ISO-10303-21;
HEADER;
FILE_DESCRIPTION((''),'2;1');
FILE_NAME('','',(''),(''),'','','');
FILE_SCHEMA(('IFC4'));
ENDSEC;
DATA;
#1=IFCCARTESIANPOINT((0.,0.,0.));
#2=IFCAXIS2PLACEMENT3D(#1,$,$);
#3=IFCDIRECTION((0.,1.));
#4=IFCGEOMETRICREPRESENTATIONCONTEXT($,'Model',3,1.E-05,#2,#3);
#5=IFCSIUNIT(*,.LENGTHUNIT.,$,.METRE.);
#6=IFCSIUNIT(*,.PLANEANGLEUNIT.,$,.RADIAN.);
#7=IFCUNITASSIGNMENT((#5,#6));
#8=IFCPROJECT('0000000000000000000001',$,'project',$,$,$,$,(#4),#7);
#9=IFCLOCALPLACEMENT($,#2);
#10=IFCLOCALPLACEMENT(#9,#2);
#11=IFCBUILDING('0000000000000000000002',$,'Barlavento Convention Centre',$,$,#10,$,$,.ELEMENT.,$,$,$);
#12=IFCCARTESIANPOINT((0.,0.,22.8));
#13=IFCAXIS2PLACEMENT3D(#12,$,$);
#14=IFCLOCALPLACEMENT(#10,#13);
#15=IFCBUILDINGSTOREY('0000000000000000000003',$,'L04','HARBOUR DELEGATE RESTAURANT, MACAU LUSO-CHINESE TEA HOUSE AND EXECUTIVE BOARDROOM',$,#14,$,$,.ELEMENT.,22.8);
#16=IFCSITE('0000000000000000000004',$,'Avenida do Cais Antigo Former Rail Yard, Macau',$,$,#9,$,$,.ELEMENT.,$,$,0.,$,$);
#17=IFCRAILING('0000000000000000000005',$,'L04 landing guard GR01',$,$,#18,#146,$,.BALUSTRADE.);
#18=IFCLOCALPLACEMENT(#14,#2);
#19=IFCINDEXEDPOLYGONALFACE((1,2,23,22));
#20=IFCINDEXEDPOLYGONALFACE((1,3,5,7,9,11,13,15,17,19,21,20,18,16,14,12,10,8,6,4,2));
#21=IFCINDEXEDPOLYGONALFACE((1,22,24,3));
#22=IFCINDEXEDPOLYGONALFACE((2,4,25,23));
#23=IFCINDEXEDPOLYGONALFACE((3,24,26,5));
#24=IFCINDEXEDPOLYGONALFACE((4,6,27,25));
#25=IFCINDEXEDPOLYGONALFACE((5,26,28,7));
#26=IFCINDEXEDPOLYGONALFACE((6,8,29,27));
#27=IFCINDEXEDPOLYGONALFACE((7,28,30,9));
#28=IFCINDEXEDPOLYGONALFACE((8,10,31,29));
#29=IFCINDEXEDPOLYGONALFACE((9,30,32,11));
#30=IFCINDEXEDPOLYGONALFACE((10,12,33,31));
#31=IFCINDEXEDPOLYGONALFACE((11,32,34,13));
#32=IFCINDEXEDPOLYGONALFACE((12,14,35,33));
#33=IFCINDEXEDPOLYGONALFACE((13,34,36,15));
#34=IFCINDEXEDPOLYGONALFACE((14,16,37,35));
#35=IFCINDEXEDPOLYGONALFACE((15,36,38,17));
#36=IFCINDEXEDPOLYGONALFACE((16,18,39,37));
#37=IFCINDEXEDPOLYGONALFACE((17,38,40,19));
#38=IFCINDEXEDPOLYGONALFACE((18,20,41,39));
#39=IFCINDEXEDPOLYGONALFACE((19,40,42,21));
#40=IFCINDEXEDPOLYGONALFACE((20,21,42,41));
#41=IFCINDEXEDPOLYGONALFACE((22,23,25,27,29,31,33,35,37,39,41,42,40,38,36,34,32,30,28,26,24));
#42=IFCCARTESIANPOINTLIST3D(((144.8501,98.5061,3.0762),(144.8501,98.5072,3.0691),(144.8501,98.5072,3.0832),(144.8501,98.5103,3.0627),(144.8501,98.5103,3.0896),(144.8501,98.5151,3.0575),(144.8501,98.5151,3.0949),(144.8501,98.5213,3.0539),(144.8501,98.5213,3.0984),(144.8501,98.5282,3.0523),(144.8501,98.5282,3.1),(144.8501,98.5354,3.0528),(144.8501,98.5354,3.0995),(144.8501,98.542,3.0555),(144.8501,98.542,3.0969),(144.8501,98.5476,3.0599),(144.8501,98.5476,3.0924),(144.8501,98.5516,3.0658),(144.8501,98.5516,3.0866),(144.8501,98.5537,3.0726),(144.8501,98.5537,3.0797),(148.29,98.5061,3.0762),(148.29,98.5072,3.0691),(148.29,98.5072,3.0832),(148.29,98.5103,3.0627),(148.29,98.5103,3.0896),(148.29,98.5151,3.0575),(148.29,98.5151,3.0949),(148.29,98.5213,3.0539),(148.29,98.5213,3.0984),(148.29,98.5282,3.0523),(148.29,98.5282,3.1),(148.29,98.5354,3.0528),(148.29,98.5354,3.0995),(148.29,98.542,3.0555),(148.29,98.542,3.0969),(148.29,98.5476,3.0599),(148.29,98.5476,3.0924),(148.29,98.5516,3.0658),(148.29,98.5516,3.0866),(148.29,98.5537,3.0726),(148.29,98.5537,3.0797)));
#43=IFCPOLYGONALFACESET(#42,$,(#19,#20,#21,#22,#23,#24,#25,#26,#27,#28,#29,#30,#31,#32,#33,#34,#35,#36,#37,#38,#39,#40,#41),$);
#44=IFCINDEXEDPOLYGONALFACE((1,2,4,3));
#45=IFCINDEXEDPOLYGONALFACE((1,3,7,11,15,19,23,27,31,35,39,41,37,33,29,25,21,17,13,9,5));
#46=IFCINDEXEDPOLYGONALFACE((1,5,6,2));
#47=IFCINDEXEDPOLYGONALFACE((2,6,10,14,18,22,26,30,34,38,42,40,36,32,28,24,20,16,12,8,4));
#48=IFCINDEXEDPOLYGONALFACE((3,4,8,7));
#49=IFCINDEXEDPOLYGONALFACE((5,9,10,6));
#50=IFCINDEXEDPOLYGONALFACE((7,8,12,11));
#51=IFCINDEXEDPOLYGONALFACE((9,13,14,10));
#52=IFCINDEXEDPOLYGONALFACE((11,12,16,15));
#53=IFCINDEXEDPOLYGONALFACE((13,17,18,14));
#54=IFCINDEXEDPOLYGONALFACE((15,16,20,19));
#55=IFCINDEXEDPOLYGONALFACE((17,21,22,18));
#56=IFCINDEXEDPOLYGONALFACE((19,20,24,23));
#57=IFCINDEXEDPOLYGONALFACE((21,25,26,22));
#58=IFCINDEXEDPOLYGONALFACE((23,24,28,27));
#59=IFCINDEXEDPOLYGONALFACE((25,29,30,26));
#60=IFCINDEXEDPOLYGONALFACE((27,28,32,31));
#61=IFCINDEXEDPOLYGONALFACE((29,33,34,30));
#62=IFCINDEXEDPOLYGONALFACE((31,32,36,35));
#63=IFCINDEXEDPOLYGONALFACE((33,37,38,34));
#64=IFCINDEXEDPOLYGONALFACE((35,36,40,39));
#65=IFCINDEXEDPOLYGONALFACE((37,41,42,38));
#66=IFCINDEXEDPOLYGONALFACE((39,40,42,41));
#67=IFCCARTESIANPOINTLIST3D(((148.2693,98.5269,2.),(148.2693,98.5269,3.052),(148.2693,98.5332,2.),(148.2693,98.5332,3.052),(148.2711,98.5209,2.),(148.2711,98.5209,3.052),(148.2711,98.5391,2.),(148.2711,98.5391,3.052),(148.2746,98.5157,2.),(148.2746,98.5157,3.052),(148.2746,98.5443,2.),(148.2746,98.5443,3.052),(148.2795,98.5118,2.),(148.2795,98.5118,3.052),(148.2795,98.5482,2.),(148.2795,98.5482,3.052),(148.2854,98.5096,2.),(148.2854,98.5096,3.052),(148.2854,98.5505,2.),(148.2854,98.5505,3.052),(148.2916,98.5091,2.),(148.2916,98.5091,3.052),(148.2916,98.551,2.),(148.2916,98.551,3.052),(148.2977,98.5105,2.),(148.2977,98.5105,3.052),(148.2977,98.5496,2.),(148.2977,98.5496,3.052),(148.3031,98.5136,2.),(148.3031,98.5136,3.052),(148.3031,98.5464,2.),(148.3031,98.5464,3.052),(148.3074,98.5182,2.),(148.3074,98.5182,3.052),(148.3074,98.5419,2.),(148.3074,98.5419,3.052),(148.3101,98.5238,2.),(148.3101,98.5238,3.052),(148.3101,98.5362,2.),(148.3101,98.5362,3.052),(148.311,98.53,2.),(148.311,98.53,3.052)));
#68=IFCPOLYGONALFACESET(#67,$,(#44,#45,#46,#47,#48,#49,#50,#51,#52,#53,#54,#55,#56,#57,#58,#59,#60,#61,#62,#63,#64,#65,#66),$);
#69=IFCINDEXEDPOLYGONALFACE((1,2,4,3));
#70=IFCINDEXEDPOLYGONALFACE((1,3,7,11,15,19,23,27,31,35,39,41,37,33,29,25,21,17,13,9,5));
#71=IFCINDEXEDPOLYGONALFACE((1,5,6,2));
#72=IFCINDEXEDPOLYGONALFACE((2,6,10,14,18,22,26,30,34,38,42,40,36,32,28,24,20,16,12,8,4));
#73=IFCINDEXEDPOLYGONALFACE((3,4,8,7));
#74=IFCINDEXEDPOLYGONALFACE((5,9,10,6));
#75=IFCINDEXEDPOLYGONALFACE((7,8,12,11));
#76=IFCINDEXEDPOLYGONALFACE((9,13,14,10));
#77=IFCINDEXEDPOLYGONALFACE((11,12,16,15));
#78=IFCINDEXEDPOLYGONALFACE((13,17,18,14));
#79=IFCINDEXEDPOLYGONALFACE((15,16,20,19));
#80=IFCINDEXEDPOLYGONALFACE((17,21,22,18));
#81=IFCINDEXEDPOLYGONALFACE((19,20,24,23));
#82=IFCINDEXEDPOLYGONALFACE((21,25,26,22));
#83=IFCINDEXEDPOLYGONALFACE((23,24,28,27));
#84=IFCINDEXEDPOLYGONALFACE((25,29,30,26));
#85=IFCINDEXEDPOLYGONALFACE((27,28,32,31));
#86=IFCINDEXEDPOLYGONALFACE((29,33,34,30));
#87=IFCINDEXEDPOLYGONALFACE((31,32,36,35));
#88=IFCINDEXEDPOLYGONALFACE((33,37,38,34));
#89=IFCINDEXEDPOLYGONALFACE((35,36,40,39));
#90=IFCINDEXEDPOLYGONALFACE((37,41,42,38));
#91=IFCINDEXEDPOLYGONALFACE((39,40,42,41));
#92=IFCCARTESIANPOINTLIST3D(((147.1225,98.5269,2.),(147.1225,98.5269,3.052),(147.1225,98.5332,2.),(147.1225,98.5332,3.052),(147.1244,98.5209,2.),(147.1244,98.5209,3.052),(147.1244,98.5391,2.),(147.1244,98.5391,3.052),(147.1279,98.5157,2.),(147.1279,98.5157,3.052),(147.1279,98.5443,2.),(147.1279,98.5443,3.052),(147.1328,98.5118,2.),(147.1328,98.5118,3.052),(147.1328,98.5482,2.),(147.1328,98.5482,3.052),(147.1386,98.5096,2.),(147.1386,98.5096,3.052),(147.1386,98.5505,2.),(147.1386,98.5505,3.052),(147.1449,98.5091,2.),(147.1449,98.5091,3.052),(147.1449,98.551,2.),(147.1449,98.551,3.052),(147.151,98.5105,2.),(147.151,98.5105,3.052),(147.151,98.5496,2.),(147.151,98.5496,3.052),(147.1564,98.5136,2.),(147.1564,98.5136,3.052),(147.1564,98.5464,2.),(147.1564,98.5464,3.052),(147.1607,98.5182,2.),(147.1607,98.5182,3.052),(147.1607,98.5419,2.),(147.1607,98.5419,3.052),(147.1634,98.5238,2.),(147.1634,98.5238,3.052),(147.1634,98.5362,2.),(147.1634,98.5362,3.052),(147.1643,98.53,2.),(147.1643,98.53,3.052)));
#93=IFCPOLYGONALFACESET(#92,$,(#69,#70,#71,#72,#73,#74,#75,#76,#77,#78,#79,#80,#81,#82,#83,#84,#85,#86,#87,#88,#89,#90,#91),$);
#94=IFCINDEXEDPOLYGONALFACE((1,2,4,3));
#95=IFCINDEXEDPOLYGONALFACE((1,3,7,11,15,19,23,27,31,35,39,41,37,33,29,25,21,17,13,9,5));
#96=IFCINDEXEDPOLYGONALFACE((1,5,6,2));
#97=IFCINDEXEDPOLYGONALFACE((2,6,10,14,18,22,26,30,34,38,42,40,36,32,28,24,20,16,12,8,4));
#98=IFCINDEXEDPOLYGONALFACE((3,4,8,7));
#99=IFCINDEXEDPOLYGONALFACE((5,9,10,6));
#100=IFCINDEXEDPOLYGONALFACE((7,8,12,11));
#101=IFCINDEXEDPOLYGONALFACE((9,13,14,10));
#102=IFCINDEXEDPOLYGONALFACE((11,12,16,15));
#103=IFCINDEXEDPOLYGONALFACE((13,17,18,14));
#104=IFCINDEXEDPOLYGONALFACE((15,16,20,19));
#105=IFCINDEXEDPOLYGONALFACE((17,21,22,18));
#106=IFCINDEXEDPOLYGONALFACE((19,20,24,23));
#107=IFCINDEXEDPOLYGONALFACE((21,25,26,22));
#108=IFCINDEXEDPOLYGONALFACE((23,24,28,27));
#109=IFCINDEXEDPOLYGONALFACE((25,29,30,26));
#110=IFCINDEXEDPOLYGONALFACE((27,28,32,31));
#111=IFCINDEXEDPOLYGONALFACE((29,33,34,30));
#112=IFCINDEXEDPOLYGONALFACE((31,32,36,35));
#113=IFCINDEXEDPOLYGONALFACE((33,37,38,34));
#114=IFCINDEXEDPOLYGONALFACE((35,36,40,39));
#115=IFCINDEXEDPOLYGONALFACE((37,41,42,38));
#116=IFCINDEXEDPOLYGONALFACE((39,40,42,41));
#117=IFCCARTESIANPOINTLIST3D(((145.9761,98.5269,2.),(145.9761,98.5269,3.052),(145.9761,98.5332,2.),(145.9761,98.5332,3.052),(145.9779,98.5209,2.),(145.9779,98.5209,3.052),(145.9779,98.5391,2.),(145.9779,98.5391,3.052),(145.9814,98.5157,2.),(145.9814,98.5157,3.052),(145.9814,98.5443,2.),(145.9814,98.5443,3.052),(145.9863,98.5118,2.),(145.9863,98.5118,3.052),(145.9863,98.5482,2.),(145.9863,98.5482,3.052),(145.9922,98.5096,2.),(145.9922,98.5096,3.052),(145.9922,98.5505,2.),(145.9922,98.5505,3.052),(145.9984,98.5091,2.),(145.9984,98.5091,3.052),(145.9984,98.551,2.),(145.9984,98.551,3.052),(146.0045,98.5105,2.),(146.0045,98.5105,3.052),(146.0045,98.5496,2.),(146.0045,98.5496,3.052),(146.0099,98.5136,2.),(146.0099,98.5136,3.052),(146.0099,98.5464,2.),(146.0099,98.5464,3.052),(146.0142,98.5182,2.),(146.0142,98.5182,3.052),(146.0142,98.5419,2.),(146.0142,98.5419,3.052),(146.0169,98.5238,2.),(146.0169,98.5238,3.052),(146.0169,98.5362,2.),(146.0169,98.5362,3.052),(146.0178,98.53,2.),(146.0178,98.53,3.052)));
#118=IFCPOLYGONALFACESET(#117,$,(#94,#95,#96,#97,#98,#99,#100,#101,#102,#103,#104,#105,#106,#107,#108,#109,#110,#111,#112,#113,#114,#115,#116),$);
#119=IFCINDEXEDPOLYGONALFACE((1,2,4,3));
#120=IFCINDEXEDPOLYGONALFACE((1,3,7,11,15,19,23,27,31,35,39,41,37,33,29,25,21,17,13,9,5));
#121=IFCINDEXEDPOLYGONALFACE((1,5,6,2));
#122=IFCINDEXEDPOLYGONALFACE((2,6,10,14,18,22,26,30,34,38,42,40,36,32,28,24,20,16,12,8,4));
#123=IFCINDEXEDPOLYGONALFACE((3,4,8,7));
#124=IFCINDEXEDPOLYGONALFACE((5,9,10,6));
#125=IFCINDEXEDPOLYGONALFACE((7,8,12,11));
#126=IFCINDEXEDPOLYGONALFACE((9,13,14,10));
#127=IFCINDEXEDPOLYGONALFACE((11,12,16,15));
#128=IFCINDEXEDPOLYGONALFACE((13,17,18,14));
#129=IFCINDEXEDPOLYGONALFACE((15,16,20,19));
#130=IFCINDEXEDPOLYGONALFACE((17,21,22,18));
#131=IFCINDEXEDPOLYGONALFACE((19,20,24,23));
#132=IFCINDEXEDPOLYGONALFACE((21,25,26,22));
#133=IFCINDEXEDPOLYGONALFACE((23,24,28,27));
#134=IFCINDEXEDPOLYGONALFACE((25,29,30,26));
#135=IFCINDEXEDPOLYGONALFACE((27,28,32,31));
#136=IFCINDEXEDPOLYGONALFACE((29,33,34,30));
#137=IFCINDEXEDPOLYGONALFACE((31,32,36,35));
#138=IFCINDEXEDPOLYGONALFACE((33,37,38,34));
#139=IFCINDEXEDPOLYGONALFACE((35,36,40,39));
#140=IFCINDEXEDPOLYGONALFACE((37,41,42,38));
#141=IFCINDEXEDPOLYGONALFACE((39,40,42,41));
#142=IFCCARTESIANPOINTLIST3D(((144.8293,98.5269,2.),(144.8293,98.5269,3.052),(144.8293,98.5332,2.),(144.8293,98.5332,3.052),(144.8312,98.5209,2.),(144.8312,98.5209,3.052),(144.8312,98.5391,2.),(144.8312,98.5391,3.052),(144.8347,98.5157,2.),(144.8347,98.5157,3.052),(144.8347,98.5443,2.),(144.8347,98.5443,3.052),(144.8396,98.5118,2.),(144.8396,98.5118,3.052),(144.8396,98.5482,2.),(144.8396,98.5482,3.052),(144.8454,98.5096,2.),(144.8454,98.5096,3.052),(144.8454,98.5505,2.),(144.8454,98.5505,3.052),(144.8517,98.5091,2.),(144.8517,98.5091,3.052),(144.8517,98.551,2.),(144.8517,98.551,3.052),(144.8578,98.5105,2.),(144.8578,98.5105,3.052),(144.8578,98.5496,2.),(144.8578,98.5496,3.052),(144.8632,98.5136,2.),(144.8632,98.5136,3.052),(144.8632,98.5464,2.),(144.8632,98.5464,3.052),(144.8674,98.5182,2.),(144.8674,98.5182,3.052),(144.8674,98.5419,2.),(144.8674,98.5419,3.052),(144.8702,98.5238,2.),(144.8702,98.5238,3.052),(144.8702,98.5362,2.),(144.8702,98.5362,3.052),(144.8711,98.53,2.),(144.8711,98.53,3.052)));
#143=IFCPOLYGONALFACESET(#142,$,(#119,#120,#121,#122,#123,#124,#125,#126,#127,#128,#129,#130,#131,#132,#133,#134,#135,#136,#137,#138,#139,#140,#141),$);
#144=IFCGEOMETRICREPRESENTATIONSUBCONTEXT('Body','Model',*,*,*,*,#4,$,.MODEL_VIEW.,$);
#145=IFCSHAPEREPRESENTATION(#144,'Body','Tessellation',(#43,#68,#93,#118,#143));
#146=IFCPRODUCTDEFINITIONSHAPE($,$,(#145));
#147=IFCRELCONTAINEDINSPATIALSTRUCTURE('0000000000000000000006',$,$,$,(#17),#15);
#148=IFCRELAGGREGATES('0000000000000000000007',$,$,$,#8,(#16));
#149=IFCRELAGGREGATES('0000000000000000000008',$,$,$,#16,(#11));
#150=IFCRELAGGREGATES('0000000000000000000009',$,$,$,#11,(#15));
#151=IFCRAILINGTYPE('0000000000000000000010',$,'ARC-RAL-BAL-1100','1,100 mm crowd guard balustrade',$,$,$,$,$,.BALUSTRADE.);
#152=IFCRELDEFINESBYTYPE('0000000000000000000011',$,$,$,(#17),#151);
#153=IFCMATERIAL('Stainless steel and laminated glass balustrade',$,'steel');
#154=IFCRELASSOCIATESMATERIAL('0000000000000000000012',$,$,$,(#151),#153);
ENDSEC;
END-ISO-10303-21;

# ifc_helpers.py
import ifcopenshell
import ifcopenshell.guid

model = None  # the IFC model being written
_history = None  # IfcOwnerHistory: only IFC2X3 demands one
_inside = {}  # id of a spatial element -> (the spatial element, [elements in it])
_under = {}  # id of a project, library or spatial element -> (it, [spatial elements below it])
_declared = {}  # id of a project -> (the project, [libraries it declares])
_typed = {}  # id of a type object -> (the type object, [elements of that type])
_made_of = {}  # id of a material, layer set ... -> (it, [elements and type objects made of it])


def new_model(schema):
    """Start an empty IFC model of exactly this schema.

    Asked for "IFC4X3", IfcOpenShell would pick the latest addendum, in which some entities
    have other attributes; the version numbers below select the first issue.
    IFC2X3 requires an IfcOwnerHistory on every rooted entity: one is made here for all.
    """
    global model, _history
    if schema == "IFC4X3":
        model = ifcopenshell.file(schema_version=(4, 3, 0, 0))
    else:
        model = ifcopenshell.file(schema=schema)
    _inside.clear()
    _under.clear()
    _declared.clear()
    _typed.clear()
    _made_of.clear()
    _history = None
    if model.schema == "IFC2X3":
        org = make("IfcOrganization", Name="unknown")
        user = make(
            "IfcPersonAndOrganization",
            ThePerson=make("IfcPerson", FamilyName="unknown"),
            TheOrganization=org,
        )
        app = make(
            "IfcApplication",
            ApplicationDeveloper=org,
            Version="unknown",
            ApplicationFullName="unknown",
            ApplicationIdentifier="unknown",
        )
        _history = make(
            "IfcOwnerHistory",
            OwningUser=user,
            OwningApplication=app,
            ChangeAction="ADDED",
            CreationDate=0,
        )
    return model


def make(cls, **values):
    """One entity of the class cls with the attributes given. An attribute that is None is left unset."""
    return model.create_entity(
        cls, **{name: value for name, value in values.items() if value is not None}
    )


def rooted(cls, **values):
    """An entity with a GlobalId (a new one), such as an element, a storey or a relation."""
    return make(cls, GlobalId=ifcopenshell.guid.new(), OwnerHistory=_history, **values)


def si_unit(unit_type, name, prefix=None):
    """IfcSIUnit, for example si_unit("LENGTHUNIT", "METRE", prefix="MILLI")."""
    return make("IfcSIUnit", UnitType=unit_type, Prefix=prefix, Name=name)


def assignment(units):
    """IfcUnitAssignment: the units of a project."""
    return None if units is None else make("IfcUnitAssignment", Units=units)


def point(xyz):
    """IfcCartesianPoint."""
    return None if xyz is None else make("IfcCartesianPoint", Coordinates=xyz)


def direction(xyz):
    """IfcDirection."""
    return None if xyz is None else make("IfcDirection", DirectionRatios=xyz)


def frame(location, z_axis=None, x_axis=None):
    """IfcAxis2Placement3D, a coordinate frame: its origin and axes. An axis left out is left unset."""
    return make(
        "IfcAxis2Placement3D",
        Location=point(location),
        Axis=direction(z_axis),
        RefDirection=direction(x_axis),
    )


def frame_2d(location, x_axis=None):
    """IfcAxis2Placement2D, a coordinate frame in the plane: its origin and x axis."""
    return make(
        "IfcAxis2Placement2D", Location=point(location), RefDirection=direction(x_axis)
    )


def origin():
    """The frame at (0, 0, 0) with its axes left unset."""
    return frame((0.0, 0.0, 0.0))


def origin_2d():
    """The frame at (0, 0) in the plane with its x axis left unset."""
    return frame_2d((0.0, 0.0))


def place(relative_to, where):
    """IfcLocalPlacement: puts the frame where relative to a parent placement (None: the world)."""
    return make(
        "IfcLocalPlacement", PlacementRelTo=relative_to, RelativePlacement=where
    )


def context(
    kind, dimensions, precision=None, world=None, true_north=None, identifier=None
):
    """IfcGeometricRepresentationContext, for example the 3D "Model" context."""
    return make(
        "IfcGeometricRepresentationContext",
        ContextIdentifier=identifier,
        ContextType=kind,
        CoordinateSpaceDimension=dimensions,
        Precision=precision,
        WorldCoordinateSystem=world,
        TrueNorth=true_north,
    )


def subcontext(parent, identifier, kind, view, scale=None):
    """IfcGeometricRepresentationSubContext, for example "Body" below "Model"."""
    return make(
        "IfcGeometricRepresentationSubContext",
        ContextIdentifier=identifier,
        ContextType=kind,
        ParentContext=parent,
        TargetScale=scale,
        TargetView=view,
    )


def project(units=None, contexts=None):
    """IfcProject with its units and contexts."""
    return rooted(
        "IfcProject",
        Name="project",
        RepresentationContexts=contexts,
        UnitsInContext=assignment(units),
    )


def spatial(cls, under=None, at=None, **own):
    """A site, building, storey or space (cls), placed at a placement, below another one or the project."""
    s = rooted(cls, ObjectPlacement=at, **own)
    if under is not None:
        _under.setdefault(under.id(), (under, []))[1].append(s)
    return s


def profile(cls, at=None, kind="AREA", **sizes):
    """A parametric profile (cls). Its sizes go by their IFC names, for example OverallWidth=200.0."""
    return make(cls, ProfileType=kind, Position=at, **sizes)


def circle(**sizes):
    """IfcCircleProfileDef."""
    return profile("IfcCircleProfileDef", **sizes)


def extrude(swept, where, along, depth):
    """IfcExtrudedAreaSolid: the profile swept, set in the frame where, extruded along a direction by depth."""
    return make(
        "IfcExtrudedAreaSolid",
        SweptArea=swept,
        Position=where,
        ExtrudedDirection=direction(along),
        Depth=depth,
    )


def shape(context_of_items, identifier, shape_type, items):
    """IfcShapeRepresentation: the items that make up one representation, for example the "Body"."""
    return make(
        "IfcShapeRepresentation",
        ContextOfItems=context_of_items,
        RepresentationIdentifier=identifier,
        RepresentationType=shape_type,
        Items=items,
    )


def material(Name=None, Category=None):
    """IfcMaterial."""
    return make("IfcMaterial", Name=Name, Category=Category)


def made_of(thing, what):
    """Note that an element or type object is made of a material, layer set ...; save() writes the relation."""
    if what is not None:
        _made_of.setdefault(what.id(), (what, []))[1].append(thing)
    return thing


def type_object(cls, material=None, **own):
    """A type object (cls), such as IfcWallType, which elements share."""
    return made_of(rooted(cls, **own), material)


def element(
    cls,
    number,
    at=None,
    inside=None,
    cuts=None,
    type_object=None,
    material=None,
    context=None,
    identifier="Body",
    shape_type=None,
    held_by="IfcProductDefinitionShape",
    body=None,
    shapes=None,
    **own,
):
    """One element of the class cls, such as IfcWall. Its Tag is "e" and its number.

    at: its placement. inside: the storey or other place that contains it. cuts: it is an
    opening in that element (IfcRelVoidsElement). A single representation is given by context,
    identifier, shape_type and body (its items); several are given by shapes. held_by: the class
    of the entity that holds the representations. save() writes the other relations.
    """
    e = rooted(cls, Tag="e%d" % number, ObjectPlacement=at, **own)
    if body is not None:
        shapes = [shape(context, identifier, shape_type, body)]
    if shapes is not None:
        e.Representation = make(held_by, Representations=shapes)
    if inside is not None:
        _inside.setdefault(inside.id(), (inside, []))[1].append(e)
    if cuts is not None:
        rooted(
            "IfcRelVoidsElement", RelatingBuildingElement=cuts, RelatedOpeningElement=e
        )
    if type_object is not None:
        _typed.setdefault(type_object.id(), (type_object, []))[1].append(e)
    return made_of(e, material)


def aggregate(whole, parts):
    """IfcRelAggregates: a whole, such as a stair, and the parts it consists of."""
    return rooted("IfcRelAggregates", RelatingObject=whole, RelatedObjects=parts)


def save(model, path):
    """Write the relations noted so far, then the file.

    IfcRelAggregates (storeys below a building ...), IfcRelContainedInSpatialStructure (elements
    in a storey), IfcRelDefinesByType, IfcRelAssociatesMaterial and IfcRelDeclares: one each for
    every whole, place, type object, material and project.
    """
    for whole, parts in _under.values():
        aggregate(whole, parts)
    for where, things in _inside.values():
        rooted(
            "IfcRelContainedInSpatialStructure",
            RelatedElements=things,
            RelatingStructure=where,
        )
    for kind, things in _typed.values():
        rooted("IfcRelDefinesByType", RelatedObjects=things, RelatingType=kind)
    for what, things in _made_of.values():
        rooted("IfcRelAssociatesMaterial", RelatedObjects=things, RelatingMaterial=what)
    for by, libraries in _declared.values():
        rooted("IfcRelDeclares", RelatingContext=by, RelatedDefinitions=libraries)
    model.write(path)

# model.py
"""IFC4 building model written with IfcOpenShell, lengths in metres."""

from ifc_helpers import new_model, si_unit, direction, frame, origin, origin_2d, place, context, subcontext, project, spatial, circle, extrude, material, type_object, element, save


model = new_model("IFC4")

# Units and contexts
model_context = context("Model", 3, precision=1e-05, world=origin(), true_north=direction((0.0, 1.0)))
body_context = subcontext(model_context, "Body", "Model", "MODEL_VIEW")
ifc_project = project(units=[si_unit("LENGTHUNIT", "METRE"), si_unit("PLANEANGLEUNIT", "RADIAN")], contexts=[model_context])

# Site, building, storey
site_placement = place(None, origin())
site = spatial("IfcSite", under=ifc_project, at=site_placement, Name="Avenida do Cais Antigo Former Rail Yard, Macau", CompositionType="ELEMENT", RefElevation=0.0)
building_placement = place(site_placement, origin())
building = spatial("IfcBuilding", under=site, at=building_placement, Name="Barlavento Convention Centre", CompositionType="ELEMENT")
storey_placement = place(building_placement, frame((0.0, 0.0, 22.8)))
storey = spatial("IfcBuildingStorey", under=building, at=storey_placement, Name="L04", Description="HARBOUR DELEGATE RESTAURANT, MACAU LUSO-CHINESE TEA HOUSE AND EXECUTIVE BOARDROOM", CompositionType="ELEMENT", Elevation=22.8)

# Railing
ifc_material_1 = material(Name="Stainless steel and laminated glass balustrade", Category="steel")
railing_type_1 = type_object("IfcRailingType", Name="ARC-RAL-BAL-1100", Description="1,100 mm crowd guard balustrade", PredefinedType="BALUSTRADE", material=ifc_material_1)
railing_1_placement = place(storey_placement, frame((148.29, 98.53, 2.0)))
element("IfcRailing", 1, at=railing_1_placement, inside=storey, type_object=railing_type_1, Name="L04 landing guard GR01", PredefinedType="BALUSTRADE", context=body_context, shape_type="SweptSolid", body=[
    extrude(circle(Radius=0.0239, at=origin_2d()), frame((0.0, 0.0, 1.0762), z_axis=(-1.0, 0.0, 0.0), x_axis=(0.0, -1.0, 0.0)), (0.0, 0.0, 1.0), 3.4399),
    extrude(circle(Radius=0.021, at=origin_2d()), origin(), (0.0, 0.0, 1.0), 1.052),
    extrude(circle(Radius=0.021, at=origin_2d()), frame((-1.1467, 0.0, 0.0)), (0.0, 0.0, 1.0), 1.052),
    extrude(circle(Radius=0.021, at=origin_2d()), frame((-2.2932, 0.0, 0.0)), (0.0, 0.0, 1.0), 1.052),
    extrude(circle(Radius=0.021, at=origin_2d()), frame((-3.4399, 0.0, 0.0)), (0.0, 0.0, 1.0), 1.052),
])

save(model, "model.ifc")
